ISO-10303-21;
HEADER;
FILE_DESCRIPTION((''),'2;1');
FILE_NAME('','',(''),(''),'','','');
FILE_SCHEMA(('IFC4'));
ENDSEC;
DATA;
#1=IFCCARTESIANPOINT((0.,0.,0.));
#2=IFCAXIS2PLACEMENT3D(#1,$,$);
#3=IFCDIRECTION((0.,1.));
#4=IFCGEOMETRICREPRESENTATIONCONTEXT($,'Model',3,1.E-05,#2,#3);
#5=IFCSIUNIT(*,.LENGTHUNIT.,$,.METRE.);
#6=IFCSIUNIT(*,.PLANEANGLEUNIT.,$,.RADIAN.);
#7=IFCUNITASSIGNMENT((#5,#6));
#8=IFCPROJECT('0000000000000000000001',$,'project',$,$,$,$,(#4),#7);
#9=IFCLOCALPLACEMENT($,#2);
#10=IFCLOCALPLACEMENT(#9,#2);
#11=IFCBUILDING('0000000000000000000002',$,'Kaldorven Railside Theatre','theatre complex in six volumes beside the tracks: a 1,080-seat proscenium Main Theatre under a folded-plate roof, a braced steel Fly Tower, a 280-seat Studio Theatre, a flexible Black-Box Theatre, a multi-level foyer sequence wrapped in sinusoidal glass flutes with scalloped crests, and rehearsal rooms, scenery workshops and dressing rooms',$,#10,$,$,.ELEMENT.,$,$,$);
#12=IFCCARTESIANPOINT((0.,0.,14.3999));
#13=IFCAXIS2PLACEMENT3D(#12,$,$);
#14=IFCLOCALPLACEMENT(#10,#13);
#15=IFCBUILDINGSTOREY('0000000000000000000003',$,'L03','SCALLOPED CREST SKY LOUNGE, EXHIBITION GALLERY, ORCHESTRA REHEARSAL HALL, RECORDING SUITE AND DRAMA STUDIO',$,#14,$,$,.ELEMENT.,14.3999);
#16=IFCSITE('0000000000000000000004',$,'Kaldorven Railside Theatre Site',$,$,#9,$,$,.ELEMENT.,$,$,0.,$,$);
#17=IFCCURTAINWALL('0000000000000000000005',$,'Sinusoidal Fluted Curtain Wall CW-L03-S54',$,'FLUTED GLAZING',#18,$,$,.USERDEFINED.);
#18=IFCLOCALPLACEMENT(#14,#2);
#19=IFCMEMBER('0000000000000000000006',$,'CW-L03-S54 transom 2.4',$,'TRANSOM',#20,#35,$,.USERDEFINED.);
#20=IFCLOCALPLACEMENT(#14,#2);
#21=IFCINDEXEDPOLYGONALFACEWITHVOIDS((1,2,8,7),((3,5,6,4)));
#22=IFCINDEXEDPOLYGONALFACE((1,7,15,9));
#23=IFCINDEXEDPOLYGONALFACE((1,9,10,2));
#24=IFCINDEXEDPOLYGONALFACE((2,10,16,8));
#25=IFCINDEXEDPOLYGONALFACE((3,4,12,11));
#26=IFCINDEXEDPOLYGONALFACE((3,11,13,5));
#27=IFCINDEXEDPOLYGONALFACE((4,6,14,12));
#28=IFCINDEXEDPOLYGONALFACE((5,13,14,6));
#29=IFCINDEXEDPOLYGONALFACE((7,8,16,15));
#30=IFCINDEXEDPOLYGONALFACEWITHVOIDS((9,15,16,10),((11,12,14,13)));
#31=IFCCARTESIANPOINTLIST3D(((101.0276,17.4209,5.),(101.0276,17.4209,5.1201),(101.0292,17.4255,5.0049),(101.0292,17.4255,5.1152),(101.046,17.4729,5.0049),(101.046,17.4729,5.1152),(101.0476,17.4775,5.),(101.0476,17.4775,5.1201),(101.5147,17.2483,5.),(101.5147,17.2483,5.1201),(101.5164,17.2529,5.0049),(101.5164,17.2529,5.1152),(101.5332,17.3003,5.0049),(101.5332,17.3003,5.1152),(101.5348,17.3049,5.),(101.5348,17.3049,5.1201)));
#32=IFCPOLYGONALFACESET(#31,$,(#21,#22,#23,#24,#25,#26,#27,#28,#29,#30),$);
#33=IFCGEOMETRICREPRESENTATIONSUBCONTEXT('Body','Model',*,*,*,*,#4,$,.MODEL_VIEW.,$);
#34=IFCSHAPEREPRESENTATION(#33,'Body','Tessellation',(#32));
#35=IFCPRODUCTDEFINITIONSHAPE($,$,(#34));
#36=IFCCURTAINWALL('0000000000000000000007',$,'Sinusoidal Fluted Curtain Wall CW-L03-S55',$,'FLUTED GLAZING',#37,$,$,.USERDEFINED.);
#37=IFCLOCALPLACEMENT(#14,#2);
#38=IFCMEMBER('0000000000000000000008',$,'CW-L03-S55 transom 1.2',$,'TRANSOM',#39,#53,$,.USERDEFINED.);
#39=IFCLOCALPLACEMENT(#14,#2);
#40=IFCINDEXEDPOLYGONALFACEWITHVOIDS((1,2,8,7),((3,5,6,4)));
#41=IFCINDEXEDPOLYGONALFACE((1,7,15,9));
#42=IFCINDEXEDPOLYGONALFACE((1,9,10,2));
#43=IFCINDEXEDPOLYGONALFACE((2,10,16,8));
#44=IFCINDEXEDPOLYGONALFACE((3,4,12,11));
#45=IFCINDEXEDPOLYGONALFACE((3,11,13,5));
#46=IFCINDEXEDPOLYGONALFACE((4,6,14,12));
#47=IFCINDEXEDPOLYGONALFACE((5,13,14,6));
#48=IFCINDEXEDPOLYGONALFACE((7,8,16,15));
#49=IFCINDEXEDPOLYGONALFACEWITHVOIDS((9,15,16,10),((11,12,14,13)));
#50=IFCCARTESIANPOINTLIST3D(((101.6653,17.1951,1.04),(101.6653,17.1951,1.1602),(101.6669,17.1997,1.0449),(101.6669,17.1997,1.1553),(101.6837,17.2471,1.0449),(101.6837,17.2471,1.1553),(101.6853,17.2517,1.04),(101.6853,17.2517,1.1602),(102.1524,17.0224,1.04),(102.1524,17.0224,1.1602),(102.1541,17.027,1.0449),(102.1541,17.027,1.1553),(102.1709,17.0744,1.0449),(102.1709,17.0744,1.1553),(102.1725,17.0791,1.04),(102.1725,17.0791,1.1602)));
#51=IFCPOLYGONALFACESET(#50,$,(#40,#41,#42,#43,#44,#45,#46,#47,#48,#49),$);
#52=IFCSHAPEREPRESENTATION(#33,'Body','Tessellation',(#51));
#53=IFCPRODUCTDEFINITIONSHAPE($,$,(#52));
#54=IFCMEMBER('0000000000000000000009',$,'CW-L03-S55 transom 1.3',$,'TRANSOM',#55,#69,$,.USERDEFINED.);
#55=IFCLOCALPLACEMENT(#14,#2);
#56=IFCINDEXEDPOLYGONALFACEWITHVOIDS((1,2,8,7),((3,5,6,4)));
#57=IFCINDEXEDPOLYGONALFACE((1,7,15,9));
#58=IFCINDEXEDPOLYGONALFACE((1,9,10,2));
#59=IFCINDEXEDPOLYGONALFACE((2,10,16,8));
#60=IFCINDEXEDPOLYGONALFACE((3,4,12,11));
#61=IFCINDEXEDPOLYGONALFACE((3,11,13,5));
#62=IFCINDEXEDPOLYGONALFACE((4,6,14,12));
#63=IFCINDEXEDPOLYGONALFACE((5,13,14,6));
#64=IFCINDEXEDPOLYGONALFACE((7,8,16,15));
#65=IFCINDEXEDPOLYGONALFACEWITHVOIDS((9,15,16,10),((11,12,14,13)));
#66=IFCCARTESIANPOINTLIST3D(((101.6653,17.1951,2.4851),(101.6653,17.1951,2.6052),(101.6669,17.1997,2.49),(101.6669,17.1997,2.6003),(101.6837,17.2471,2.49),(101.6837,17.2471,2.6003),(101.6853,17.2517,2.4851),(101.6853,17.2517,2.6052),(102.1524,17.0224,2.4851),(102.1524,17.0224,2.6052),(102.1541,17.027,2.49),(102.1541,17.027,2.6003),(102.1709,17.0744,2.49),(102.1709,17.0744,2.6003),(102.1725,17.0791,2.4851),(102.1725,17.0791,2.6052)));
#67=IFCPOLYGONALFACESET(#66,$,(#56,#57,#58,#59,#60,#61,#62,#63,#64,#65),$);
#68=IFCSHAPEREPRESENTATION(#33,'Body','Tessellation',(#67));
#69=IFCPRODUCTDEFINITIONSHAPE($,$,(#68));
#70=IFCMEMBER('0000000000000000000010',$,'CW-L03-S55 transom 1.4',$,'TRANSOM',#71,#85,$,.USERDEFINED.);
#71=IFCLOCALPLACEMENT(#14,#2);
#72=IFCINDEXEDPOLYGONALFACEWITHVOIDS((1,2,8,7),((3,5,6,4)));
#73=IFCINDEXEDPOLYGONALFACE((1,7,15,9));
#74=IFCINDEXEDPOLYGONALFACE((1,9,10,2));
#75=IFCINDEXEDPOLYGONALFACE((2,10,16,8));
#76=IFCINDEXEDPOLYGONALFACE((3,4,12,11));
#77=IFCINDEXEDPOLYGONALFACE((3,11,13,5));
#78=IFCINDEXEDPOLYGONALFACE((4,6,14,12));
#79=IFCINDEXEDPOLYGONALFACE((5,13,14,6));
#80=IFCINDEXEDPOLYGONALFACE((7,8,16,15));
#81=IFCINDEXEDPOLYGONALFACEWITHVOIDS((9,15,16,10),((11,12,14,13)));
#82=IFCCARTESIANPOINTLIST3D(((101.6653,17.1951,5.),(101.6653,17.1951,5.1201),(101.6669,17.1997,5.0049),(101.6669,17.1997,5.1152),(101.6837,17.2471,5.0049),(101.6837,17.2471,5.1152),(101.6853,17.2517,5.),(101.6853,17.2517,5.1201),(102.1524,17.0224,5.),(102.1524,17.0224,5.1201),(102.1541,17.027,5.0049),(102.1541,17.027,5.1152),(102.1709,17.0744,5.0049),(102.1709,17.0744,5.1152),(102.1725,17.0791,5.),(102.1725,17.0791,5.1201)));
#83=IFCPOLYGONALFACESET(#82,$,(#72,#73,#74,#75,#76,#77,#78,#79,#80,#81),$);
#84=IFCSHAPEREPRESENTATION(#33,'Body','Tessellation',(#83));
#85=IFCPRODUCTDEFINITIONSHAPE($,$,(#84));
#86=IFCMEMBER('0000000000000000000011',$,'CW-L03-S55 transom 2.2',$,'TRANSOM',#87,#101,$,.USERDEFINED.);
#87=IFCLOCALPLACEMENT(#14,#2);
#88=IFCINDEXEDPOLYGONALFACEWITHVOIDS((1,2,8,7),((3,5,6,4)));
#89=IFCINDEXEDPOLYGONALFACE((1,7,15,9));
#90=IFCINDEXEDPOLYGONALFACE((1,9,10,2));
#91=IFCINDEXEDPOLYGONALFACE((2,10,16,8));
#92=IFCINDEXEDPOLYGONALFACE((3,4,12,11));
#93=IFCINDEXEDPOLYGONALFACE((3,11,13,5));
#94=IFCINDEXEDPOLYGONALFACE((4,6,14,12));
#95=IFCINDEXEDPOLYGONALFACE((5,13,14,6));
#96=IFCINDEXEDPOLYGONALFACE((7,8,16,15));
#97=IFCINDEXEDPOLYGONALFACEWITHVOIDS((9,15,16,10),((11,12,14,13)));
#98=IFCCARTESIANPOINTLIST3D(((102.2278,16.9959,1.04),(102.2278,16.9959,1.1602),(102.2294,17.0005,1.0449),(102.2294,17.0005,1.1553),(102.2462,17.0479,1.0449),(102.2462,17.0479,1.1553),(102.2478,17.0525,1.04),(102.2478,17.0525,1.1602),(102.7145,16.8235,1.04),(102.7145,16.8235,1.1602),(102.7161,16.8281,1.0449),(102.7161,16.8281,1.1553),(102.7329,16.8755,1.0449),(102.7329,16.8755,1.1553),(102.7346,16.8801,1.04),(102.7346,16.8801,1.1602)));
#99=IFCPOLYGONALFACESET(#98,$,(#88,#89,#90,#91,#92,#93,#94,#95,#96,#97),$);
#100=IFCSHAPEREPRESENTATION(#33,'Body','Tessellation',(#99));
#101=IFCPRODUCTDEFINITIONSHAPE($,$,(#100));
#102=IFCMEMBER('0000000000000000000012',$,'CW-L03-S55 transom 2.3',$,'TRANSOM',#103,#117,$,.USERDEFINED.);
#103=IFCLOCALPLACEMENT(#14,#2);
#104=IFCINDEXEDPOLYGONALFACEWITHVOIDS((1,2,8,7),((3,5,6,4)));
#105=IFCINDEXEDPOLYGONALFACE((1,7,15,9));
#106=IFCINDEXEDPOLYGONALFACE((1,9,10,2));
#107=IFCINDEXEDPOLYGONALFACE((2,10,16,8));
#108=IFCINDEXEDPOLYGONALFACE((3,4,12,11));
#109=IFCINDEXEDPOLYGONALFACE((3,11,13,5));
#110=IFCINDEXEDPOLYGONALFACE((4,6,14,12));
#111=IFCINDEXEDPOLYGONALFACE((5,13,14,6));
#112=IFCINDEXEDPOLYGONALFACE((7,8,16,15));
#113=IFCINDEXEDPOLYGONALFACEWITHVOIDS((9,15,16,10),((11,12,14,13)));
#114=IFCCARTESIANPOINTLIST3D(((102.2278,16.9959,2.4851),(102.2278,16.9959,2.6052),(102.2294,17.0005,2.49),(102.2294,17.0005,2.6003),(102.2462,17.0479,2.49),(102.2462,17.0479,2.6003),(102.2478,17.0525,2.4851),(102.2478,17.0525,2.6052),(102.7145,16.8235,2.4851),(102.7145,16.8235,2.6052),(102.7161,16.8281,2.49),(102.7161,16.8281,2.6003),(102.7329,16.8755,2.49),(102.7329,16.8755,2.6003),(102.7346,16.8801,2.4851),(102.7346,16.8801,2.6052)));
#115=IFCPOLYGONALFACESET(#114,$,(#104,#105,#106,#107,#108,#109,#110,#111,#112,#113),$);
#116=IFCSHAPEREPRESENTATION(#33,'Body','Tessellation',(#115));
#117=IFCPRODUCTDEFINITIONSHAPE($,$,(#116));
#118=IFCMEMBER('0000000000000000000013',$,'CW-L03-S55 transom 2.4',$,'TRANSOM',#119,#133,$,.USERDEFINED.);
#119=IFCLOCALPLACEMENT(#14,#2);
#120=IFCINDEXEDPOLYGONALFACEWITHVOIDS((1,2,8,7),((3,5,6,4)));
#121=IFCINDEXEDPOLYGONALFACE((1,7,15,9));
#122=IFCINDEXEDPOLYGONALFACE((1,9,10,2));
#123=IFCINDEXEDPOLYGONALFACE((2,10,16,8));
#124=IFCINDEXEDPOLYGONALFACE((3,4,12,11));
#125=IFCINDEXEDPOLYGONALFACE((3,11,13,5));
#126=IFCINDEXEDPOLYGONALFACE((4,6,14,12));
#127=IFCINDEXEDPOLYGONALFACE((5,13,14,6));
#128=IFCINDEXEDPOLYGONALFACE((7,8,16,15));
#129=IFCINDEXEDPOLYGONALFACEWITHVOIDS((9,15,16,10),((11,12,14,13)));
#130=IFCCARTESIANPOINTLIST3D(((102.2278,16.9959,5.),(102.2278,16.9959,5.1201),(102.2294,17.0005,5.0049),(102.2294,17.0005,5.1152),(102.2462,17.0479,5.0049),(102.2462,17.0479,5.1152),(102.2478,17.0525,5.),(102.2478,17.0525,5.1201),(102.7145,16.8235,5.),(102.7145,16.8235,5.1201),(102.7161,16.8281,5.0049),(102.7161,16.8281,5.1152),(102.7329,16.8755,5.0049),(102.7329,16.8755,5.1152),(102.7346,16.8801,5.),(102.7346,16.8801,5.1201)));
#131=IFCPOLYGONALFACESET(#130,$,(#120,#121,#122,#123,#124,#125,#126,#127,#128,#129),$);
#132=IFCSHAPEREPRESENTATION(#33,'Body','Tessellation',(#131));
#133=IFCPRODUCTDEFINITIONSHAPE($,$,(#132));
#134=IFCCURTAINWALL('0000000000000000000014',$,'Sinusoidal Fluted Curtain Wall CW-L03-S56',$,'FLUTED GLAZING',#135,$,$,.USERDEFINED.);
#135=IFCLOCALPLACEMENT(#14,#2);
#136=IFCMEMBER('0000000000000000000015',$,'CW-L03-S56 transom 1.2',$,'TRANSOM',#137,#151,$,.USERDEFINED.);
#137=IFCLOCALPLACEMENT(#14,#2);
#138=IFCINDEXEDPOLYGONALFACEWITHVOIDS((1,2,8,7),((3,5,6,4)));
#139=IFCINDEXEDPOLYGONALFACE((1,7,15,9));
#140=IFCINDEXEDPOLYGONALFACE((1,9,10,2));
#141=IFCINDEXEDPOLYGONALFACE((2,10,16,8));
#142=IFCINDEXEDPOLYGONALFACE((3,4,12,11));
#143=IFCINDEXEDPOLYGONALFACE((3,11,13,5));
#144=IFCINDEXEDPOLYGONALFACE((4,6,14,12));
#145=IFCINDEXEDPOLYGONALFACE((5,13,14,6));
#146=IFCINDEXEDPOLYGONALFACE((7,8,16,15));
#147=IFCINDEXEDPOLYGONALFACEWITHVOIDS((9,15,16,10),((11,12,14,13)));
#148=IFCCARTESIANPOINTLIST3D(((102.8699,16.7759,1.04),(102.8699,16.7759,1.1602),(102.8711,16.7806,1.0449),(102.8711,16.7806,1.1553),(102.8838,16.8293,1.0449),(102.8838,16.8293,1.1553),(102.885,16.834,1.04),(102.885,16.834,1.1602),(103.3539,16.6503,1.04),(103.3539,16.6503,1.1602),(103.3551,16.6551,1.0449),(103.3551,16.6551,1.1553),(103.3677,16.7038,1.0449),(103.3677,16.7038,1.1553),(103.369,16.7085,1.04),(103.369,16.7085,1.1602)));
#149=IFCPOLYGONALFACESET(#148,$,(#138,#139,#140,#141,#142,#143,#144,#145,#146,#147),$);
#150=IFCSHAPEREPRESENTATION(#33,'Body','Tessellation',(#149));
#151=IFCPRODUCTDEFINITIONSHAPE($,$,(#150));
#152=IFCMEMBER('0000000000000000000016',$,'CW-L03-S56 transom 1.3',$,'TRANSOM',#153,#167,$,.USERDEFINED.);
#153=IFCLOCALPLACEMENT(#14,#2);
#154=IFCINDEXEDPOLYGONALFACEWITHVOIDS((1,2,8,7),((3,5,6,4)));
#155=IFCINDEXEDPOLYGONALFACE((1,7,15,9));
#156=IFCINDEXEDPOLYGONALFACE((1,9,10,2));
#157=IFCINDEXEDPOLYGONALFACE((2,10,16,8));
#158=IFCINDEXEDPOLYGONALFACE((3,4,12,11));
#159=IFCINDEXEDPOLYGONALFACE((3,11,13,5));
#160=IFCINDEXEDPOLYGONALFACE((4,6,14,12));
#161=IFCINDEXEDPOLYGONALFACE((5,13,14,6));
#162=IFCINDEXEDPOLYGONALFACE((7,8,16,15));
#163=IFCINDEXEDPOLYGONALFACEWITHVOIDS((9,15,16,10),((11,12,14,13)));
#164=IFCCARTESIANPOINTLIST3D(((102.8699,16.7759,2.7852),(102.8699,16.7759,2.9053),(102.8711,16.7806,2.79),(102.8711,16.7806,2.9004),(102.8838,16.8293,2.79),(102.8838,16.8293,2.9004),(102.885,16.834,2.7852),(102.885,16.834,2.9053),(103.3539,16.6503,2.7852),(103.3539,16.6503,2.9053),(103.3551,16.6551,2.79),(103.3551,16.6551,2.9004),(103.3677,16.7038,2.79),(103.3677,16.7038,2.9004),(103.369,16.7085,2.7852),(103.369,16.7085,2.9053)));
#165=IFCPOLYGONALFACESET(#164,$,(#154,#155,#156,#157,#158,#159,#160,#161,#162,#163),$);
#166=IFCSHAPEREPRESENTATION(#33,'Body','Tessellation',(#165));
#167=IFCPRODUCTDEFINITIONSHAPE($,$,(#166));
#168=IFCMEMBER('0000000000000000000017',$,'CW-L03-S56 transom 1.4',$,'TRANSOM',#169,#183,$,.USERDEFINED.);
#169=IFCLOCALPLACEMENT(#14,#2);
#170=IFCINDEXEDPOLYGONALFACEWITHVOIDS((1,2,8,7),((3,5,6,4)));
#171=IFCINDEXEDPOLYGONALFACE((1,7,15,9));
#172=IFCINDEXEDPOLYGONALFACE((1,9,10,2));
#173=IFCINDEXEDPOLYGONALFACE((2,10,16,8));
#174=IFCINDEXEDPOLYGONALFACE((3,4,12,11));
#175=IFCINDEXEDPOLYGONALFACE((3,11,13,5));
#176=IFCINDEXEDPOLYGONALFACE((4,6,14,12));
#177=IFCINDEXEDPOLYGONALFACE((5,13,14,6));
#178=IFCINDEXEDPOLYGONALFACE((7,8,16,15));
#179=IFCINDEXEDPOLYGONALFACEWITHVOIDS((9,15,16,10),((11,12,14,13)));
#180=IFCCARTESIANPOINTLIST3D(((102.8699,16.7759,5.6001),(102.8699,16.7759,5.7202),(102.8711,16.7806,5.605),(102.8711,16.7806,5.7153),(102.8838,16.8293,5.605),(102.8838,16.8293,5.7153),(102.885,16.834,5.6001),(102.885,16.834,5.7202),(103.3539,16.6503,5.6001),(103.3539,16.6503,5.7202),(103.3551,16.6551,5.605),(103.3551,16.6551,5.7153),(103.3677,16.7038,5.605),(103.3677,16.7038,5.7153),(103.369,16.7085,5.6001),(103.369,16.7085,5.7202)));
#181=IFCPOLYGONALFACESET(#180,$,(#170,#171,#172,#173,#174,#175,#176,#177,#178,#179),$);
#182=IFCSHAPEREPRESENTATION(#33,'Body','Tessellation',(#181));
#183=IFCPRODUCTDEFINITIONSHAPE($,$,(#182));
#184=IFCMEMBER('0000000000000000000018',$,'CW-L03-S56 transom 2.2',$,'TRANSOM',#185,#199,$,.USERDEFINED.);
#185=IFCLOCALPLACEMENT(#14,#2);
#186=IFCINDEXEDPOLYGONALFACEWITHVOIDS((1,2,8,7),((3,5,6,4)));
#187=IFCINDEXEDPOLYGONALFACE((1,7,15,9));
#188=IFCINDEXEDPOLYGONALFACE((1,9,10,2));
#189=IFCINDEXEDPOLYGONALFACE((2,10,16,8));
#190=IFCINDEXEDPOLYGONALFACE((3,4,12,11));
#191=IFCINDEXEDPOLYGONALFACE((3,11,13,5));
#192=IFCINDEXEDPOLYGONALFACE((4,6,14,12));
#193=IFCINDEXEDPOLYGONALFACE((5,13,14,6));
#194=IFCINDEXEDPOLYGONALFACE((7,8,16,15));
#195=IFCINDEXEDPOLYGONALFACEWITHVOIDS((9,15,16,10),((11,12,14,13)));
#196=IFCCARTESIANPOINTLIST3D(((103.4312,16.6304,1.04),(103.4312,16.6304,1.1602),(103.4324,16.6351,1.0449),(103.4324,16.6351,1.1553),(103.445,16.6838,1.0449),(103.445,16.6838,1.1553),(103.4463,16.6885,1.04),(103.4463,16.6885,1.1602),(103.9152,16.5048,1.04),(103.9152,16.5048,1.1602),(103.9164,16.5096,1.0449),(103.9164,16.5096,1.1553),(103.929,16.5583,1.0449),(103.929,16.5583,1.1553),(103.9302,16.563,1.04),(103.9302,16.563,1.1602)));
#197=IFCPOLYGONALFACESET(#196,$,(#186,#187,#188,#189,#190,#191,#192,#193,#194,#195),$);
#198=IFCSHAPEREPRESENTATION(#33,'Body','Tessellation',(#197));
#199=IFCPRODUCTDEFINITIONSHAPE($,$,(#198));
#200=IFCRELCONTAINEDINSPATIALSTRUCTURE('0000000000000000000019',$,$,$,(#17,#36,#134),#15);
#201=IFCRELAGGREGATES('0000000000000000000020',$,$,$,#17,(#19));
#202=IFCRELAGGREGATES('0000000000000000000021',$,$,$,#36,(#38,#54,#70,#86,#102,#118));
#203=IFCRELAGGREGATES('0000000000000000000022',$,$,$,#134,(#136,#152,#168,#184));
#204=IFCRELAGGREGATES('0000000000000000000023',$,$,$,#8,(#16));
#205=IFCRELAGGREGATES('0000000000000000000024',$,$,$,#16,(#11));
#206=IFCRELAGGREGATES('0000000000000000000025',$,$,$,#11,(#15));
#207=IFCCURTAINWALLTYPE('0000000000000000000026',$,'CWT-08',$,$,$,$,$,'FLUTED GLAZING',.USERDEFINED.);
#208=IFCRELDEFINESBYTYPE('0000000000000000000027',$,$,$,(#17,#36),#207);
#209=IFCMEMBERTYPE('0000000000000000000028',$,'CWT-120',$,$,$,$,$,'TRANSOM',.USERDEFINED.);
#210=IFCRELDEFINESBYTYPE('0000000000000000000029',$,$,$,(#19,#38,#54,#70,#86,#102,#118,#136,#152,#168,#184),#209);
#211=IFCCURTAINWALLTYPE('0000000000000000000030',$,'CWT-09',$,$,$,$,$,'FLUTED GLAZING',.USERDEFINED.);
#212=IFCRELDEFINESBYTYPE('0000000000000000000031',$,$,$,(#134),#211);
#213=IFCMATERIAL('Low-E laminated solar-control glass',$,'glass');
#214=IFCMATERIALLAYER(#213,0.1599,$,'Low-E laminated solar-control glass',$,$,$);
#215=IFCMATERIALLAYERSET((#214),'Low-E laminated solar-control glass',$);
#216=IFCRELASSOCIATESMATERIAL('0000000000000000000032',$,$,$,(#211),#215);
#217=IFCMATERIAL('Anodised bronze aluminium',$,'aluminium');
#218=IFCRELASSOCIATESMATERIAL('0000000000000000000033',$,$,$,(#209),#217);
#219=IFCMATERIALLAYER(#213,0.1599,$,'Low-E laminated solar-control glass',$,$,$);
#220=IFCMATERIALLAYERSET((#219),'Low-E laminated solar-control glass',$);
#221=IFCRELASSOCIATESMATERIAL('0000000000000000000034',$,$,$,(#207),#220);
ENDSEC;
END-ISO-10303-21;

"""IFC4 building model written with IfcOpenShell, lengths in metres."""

from ifc_helpers import new_model, si_unit, direction, frame, origin, origin_2d, place, context, subcontext, project, spatial, hollow_rectangle, extrude, material, layer, layer_set, material_profile, profile_set, type_object, element, aggregate, save


model = new_model("IFC4")

# Units and contexts
model_context = context("Model", 3, precision=1e-05, world=origin(), true_north=direction((0.0, 1.0)))
body_context = subcontext(model_context, "Body", "Model", "MODEL_VIEW")
ifc_project = project(units=[si_unit("LENGTHUNIT", "METRE"), si_unit("PLANEANGLEUNIT", "RADIAN")], contexts=[model_context])

# Site, building, storey
site_placement = place(None, origin())
site = spatial("IfcSite", under=ifc_project, at=site_placement, Name="Kaldorven Railside Theatre Site", CompositionType="ELEMENT", RefElevation=0.0)
building_placement = place(site_placement, origin())
building = spatial("IfcBuilding", under=site, at=building_placement, Name="Kaldorven Railside Theatre", Description="theatre complex in six volumes beside the tracks: a 1,080-seat proscenium Main Theatre under a folded-plate roof, a braced steel Fly Tower, a 280-seat Studio Theatre, a flexible Black-Box Theatre, a multi-level foyer sequence wrapped in sinusoidal glass flutes with scalloped crests, and rehearsal rooms, scenery workshops and dressing rooms", CompositionType="ELEMENT")
storey_placement = place(building_placement, frame((0.0, 0.0, 14.3999)))
storey = spatial("IfcBuildingStorey", under=building, at=storey_placement, Name="L03", Description="SCALLOPED CREST SKY LOUNGE, EXHIBITION GALLERY, ORCHESTRA REHEARSAL HALL, RECORDING SUITE AND DRAMA STUDIO", CompositionType="ELEMENT", Elevation=14.3999)

# Curtain walls, members
ifc_material_1 = material(Name="Low-E laminated solar-control glass", Category="glass")
ifc_layer_1 = layer(ifc_material_1, 0.1599, Name="Low-E laminated solar-control glass")
ifc_layer_set_1 = layer_set([ifc_layer_1], Name="Low-E laminated solar-control glass")
curtain_wall_type_1 = type_object("IfcCurtainWallType", Name="CWT-09", ElementType="FLUTED GLAZING", PredefinedType="USERDEFINED", material=ifc_layer_set_1)
ifc_material_2 = material(Name="Anodised bronze aluminium", Category="aluminium")
ifc_material_profile = material_profile(ifc_material_2, hollow_rectangle(XDim=0.0601, YDim=0.1201, WallThickness=0.0049, at=origin_2d()), Name="RHS 120x60x5")
ifc_profile_set = profile_set([ifc_material_profile], Name="Anodised bronze aluminium")
member_type = type_object("IfcMemberType", Name="CWT-120", ElementType="TRANSOM", PredefinedType="USERDEFINED", material=ifc_profile_set)
ifc_layer_2 = layer(ifc_material_1, 0.1599, Name="Low-E laminated solar-control glass")
ifc_layer_set_2 = layer_set([ifc_layer_2], Name="Low-E laminated solar-control glass")
curtain_wall_type_2 = type_object("IfcCurtainWallType", Name="CWT-08", ElementType="FLUTED GLAZING", PredefinedType="USERDEFINED", material=ifc_layer_set_2)
curtain_wall_1_placement = place(storey_placement, origin())
curtain_wall_1 = element("IfcCurtainWall", 1, at=curtain_wall_1_placement, inside=storey, type_object=curtain_wall_type_2, Name="Sinusoidal Fluted Curtain Wall CW-L03-S54", ObjectType="FLUTED GLAZING", PredefinedType="USERDEFINED")
member_1_placement = place(storey_placement, frame((101.0376, 17.4492, 5.0601), z_axis=(0.942562, -0.334031, 0.0), x_axis=(0.334031, 0.942562, 0.0)))
member_1 = element("IfcMember", 2, at=member_1_placement, type_object=member_type, Name="CW-L03-S54 transom 2.4", ObjectType="TRANSOM", PredefinedType="USERDEFINED", context=body_context, shape_type="SweptSolid", body=[
    extrude(hollow_rectangle(XDim=0.0601, YDim=0.1201, WallThickness=0.0049, at=origin_2d()), origin(), (0.0, 0.0, 1.0), 0.5168),
])
curtain_wall_2_placement = place(storey_placement, origin())
curtain_wall_2 = element("IfcCurtainWall", 3, at=curtain_wall_2_placement, inside=storey, type_object=curtain_wall_type_2, Name="Sinusoidal Fluted Curtain Wall CW-L03-S55", ObjectType="FLUTED GLAZING", PredefinedType="USERDEFINED")
member_2_placement = place(storey_placement, frame((101.6753, 17.2234, 1.1001), z_axis=(0.942562, -0.334031, 0.0), x_axis=(0.334031, 0.942562, 0.0)))
member_2 = element("IfcMember", 4, at=member_2_placement, type_object=member_type, Name="CW-L03-S55 transom 1.2", ObjectType="TRANSOM", PredefinedType="USERDEFINED", context=body_context, shape_type="SweptSolid", body=[
    extrude(hollow_rectangle(XDim=0.0601, YDim=0.1201, WallThickness=0.0049, at=origin_2d()), origin(), (0.0, 0.0, 1.0), 0.5168),
])
member_3_placement = place(storey_placement, frame((101.6753, 17.2234, 2.5452), z_axis=(0.942562, -0.334031, 0.0), x_axis=(0.334031, 0.942562, 0.0)))
member_3 = element("IfcMember", 5, at=member_3_placement, type_object=member_type, Name="CW-L03-S55 transom 1.3", ObjectType="TRANSOM", PredefinedType="USERDEFINED", context=body_context, shape_type="SweptSolid", body=[
    extrude(hollow_rectangle(XDim=0.0601, YDim=0.1201, WallThickness=0.0049, at=origin_2d()), origin(), (0.0, 0.0, 1.0), 0.5168),
])
member_4_placement = place(storey_placement, frame((101.6753, 17.2234, 5.0601), z_axis=(0.942562, -0.334031, 0.0), x_axis=(0.334031, 0.942562, 0.0)))
member_4 = element("IfcMember", 6, at=member_4_placement, type_object=member_type, Name="CW-L03-S55 transom 1.4", ObjectType="TRANSOM", PredefinedType="USERDEFINED", context=body_context, shape_type="SweptSolid", body=[
    extrude(hollow_rectangle(XDim=0.0601, YDim=0.1201, WallThickness=0.0049, at=origin_2d()), origin(), (0.0, 0.0, 1.0), 0.5168),
])
member_5_placement = place(storey_placement, frame((102.2378, 17.0242, 1.1001), z_axis=(0.942658, -0.33376, 0.0), x_axis=(0.33376, 0.942658, 0.0)))
member_5 = element("IfcMember", 7, at=member_5_placement, type_object=member_type, Name="CW-L03-S55 transom 2.2", ObjectType="TRANSOM", PredefinedType="USERDEFINED", context=body_context, shape_type="SweptSolid", body=[
    extrude(hollow_rectangle(XDim=0.0601, YDim=0.1201, WallThickness=0.0049, at=origin_2d()), origin(), (0.0, 0.0, 1.0), 0.5164),
])
member_6_placement = place(storey_placement, frame((102.2378, 17.0242, 2.5452), z_axis=(0.942658, -0.33376, 0.0), x_axis=(0.33376, 0.942658, 0.0)))
member_6 = element("IfcMember", 8, at=member_6_placement, type_object=member_type, Name="CW-L03-S55 transom 2.3", ObjectType="TRANSOM", PredefinedType="USERDEFINED", context=body_context, shape_type="SweptSolid", body=[
    extrude(hollow_rectangle(XDim=0.0601, YDim=0.1201, WallThickness=0.0049, at=origin_2d()), origin(), (0.0, 0.0, 1.0), 0.5164),
])
member_7_placement = place(storey_placement, frame((102.2378, 17.0242, 5.0601), z_axis=(0.942658, -0.33376, 0.0), x_axis=(0.33376, 0.942658, 0.0)))
member_7 = element("IfcMember", 9, at=member_7_placement, type_object=member_type, Name="CW-L03-S55 transom 2.4", ObjectType="TRANSOM", PredefinedType="USERDEFINED", context=body_context, shape_type="SweptSolid", body=[
    extrude(hollow_rectangle(XDim=0.0601, YDim=0.1201, WallThickness=0.0049, at=origin_2d()), origin(), (0.0, 0.0, 1.0), 0.5164),
])
curtain_wall_3_placement = place(storey_placement, origin())
curtain_wall_3 = element("IfcCurtainWall", 10, at=curtain_wall_3_placement, inside=storey, type_object=curtain_wall_type_1, Name="Sinusoidal Fluted Curtain Wall CW-L03-S56", ObjectType="FLUTED GLAZING", PredefinedType="USERDEFINED")
member_8_placement = place(storey_placement, frame((102.8774, 16.8049, 1.1001), z_axis=(0.967979, -0.25103, 0.0), x_axis=(0.25103, 0.967979, 0.0)))
member_8 = element("IfcMember", 11, at=member_8_placement, type_object=member_type, Name="CW-L03-S56 transom 1.2", ObjectType="TRANSOM", PredefinedType="USERDEFINED", context=body_context, shape_type="SweptSolid", body=[
    extrude(hollow_rectangle(XDim=0.0601, YDim=0.1201, WallThickness=0.0049, at=origin_2d()), origin(), (0.0, 0.0, 1.0), 0.5),
])
member_9_placement = place(storey_placement, frame((102.8774, 16.8049, 2.8452), z_axis=(0.967979, -0.25103, 0.0), x_axis=(0.25103, 0.967979, 0.0)))
member_9 = element("IfcMember", 12, at=member_9_placement, type_object=member_type, Name="CW-L03-S56 transom 1.3", ObjectType="TRANSOM", PredefinedType="USERDEFINED", context=body_context, shape_type="SweptSolid", body=[
    extrude(hollow_rectangle(XDim=0.0601, YDim=0.1201, WallThickness=0.0049, at=origin_2d()), origin(), (0.0, 0.0, 1.0), 0.5),
])
member_10_placement = place(storey_placement, frame((102.8774, 16.8049, 5.6602), z_axis=(0.967979, -0.25103, 0.0), x_axis=(0.25103, 0.967979, 0.0)))
member_10 = element("IfcMember", 13, at=member_10_placement, type_object=member_type, Name="CW-L03-S56 transom 1.4", ObjectType="TRANSOM", PredefinedType="USERDEFINED", context=body_context, shape_type="SweptSolid", body=[
    extrude(hollow_rectangle(XDim=0.0601, YDim=0.1201, WallThickness=0.0049, at=origin_2d()), origin(), (0.0, 0.0, 1.0), 0.5),
])
member_11_placement = place(storey_placement, frame((103.4387, 16.6594, 1.1001), z_axis=(0.967979, -0.25103, 0.0), x_axis=(0.25103, 0.967979, 0.0)))
member_11 = element("IfcMember", 14, at=member_11_placement, type_object=member_type, Name="CW-L03-S56 transom 2.2", ObjectType="TRANSOM", PredefinedType="USERDEFINED", context=body_context, shape_type="SweptSolid", body=[
    extrude(hollow_rectangle(XDim=0.0601, YDim=0.1201, WallThickness=0.0049, at=origin_2d()), origin(), (0.0, 0.0, 1.0), 0.5),
])

aggregate(curtain_wall_1, [member_1])
aggregate(curtain_wall_2, [member_2, member_3, member_4, member_5, member_6, member_7])
aggregate(curtain_wall_3, [member_8, member_9, member_10, member_11])

save(model, "model.ifc")
